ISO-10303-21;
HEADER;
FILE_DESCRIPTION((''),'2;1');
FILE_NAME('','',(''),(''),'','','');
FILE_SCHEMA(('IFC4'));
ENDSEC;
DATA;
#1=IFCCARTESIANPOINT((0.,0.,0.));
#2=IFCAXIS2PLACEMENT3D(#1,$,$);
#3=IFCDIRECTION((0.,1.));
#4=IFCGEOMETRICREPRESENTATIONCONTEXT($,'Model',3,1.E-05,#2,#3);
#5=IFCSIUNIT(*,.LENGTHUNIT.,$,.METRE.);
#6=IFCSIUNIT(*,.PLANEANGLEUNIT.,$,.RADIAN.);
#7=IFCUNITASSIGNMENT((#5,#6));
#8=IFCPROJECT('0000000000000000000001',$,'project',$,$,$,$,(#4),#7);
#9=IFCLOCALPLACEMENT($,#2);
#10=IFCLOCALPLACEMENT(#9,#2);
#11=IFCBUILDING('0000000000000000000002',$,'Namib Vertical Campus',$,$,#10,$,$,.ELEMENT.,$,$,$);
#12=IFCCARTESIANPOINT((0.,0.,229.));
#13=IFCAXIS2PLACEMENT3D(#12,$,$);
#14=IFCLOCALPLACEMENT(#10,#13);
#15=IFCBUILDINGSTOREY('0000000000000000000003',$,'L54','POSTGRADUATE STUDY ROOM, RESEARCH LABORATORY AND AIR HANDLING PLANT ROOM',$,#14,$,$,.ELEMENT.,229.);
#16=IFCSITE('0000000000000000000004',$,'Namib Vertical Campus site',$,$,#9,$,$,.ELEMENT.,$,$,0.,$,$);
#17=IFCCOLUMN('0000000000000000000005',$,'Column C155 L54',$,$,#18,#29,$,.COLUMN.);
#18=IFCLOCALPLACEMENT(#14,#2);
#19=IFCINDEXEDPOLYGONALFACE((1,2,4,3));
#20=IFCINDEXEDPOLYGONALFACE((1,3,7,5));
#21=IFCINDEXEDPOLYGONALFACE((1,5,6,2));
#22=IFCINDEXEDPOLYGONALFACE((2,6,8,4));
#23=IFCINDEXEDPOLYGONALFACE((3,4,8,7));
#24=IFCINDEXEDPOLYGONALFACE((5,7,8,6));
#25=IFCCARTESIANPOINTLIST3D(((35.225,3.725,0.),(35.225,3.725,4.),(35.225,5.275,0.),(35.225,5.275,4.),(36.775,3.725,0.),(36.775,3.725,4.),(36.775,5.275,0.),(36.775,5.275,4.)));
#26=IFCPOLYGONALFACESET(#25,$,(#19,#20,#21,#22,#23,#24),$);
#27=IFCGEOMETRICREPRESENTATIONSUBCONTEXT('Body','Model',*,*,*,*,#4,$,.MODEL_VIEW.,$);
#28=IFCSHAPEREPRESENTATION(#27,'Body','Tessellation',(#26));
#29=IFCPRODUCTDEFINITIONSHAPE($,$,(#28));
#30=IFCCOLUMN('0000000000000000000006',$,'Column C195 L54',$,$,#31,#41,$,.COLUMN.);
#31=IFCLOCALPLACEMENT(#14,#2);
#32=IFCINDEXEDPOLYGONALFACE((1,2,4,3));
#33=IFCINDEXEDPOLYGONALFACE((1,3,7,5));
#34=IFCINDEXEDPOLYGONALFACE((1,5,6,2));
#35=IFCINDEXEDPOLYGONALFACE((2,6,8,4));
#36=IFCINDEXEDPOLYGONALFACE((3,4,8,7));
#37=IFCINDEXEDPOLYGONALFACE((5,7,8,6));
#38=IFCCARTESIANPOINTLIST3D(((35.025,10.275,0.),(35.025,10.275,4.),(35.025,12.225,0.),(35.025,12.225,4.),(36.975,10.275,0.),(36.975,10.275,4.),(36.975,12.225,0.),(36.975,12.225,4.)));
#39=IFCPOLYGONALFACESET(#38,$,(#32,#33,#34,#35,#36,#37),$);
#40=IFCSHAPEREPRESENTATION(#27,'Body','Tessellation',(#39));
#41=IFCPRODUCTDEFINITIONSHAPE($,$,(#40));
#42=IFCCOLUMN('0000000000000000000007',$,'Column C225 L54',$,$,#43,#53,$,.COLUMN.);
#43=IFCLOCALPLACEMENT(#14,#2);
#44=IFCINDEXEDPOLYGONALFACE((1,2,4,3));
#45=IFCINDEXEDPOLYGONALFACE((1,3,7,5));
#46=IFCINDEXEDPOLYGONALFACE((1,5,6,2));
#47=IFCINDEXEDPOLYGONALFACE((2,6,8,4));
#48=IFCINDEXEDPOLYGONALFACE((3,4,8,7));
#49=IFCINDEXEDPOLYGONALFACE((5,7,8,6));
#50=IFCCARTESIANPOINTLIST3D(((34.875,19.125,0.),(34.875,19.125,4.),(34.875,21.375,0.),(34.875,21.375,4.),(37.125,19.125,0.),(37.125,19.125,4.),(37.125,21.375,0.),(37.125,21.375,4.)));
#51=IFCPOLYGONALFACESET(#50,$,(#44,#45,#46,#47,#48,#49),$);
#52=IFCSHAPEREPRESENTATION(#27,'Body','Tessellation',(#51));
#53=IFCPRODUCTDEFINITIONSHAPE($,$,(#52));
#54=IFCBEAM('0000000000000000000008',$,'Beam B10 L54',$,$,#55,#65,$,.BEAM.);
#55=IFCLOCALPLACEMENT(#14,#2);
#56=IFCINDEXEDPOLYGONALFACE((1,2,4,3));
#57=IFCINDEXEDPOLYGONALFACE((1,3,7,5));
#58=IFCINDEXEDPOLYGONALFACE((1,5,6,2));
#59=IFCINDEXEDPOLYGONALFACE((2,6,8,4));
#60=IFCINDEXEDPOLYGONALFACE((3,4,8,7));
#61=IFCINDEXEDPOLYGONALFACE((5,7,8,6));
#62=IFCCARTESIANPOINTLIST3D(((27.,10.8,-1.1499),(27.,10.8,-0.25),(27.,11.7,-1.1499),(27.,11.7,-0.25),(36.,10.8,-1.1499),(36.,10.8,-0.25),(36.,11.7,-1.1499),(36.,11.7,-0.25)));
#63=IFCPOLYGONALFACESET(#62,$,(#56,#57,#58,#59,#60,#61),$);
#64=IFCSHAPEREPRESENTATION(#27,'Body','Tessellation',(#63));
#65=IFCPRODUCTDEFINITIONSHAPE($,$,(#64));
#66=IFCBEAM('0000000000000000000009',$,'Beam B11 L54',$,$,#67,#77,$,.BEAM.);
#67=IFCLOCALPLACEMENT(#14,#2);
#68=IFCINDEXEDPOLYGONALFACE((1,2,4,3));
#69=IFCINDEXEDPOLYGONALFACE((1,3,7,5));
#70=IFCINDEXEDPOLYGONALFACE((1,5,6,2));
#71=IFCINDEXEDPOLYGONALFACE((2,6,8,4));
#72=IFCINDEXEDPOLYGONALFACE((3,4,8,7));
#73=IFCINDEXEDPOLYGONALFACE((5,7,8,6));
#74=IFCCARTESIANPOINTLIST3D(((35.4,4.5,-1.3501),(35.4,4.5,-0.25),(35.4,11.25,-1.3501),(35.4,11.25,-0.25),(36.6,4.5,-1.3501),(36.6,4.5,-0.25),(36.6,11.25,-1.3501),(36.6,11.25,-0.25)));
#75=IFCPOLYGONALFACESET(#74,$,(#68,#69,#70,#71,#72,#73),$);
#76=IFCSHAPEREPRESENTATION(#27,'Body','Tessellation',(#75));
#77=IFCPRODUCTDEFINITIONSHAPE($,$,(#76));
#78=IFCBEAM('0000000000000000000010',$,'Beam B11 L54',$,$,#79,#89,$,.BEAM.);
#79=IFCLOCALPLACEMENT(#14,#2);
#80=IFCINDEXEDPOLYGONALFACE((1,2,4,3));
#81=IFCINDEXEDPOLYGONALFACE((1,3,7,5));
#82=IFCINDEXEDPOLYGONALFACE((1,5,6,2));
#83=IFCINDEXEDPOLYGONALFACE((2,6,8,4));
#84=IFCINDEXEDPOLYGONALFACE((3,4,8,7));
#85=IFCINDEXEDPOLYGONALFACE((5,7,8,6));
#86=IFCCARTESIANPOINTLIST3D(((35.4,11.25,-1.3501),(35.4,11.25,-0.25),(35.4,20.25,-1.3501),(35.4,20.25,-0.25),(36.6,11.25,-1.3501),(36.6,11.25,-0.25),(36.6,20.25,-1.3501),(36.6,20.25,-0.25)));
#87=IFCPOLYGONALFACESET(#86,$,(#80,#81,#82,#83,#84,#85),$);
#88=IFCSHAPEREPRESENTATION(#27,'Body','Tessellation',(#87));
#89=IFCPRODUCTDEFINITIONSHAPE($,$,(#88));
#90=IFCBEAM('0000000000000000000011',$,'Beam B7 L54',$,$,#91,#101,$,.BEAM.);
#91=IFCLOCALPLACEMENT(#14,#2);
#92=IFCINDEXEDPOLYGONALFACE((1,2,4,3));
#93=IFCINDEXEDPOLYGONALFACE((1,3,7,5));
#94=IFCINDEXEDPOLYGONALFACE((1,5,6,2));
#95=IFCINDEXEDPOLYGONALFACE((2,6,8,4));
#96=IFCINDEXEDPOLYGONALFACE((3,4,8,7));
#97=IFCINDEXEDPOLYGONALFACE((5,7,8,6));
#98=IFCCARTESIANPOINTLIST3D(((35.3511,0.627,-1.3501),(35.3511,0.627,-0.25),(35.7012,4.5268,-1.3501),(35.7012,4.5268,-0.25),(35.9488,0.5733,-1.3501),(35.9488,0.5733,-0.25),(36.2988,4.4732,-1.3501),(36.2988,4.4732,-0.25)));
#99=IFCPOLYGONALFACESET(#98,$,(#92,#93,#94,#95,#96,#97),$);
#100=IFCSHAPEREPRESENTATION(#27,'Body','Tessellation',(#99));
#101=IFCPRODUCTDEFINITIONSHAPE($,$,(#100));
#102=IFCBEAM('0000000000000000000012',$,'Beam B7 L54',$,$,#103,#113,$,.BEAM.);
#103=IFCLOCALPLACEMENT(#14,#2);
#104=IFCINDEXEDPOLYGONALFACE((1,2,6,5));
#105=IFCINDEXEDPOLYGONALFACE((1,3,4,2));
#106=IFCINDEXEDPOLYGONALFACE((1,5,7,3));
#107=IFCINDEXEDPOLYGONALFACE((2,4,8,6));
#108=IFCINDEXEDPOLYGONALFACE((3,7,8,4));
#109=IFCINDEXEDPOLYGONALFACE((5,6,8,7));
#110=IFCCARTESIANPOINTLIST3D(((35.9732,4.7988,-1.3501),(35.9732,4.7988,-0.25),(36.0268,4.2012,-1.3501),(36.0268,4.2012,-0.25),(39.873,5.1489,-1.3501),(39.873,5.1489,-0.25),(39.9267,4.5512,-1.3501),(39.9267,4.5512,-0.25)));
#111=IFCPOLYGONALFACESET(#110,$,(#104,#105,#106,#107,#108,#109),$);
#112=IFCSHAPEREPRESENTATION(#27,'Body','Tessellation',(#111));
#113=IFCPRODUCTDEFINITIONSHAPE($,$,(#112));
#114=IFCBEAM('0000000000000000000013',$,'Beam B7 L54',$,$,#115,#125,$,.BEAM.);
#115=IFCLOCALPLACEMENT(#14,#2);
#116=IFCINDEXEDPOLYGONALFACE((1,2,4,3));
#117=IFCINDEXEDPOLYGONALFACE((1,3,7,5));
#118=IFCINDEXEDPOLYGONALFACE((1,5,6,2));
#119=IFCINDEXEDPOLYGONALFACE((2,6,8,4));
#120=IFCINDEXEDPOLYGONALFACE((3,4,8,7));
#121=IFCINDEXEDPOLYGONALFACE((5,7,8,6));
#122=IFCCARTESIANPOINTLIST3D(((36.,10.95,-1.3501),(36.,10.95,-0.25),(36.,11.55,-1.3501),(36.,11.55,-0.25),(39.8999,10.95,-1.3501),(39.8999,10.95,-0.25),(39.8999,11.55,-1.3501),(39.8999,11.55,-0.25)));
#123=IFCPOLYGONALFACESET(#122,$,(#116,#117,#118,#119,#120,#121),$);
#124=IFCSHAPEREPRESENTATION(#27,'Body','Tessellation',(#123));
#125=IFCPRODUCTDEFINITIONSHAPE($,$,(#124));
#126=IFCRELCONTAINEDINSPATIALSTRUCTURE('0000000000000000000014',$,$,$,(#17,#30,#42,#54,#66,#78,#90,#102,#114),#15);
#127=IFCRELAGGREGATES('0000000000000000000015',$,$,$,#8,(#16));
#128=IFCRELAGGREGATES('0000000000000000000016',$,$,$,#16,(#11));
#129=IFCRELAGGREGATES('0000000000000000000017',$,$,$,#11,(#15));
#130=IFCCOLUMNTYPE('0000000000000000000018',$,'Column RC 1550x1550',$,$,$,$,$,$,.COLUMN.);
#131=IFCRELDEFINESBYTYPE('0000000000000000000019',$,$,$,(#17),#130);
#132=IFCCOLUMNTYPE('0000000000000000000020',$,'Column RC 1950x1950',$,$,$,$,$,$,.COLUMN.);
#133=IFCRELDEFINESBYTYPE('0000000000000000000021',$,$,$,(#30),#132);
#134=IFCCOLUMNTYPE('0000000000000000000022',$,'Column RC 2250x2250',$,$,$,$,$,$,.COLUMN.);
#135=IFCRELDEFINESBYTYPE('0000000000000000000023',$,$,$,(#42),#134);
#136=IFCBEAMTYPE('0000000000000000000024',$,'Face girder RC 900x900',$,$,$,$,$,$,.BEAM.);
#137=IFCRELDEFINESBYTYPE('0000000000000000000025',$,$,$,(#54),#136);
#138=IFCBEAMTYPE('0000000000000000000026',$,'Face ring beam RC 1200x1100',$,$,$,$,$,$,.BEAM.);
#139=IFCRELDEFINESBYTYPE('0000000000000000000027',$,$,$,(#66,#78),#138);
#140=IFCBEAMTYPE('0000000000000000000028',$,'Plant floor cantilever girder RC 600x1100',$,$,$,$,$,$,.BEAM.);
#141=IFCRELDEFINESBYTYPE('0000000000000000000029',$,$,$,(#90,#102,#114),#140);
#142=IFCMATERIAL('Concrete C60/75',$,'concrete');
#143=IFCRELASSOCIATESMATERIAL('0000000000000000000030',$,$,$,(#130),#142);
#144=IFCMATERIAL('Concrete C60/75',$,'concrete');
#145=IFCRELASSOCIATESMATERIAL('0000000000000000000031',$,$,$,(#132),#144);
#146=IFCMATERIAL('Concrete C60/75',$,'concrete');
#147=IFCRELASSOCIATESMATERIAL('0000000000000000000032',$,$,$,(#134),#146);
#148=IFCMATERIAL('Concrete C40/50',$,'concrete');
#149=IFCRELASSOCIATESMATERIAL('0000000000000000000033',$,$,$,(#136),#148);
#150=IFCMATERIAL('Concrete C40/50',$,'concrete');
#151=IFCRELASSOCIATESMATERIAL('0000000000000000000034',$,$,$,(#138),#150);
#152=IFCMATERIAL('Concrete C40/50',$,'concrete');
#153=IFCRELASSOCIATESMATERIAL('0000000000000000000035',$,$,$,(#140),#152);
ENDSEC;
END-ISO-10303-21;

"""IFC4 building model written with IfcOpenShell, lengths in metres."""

from ifc_helpers import new_model, si_unit, direction, frame, origin, origin_2d, place, context, subcontext, project, spatial, rectangle, extrude, material, material_profile, profile_set, type_object, element, save


model = new_model("IFC4")

# Units and contexts
model_context = context("Model", 3, precision=1e-05, world=origin(), true_north=direction((0.0, 1.0)))
body_context = subcontext(model_context, "Body", "Model", "MODEL_VIEW")
ifc_project = project(units=[si_unit("LENGTHUNIT", "METRE"), si_unit("PLANEANGLEUNIT", "RADIAN")], contexts=[model_context])

# Site, building, storey
site_placement = place(None, origin())
site = spatial("IfcSite", under=ifc_project, at=site_placement, Name="Namib Vertical Campus site", CompositionType="ELEMENT", RefElevation=0.0)
building_placement = place(site_placement, origin())
building = spatial("IfcBuilding", under=site, at=building_placement, Name="Namib Vertical Campus", CompositionType="ELEMENT")
storey_placement = place(building_placement, frame((0.0, 0.0, 229.0)))
storey = spatial("IfcBuildingStorey", under=building, at=storey_placement, Name="L54", Description="POSTGRADUATE STUDY ROOM, RESEARCH LABORATORY AND AIR HANDLING PLANT ROOM", CompositionType="ELEMENT", Elevation=229.0)

# Columns
ifc_material_1 = material(Name="Concrete C60/75", Category="concrete")
ifc_material_profile_1 = material_profile(ifc_material_1, rectangle(XDim=1.55, YDim=1.55, at=origin_2d()))
ifc_profile_set_1 = profile_set([ifc_material_profile_1], Name="Concrete C60/75")
column_type_1 = type_object("IfcColumnType", Name="Column RC 1550x1550", PredefinedType="COLUMN", material=ifc_profile_set_1)
column_1_placement = place(storey_placement, frame((36.0, 4.5, 0.0), z_axis=(0.0, 0.0, 1.0), x_axis=(1.0, 0.0, 0.0)))
element("IfcColumn", 1, at=column_1_placement, inside=storey, type_object=column_type_1, Name="Column C155 L54", PredefinedType="COLUMN", context=body_context, shape_type="SweptSolid", body=[
    extrude(rectangle(XDim=1.55, YDim=1.55, at=origin_2d()), origin(), (0.0, 0.0, 1.0), 4.0),
])
ifc_material_2 = material(Name="Concrete C60/75", Category="concrete")
ifc_material_profile_2 = material_profile(ifc_material_2, rectangle(XDim=1.95, YDim=1.95, at=origin_2d()))
ifc_profile_set_2 = profile_set([ifc_material_profile_2], Name="Concrete C60/75")
column_type_2 = type_object("IfcColumnType", Name="Column RC 1950x1950", PredefinedType="COLUMN", material=ifc_profile_set_2)
column_2_placement = place(storey_placement, frame((36.0, 11.25, 0.0), z_axis=(0.0, 0.0, 1.0), x_axis=(1.0, 0.0, 0.0)))
element("IfcColumn", 2, at=column_2_placement, inside=storey, type_object=column_type_2, Name="Column C195 L54", PredefinedType="COLUMN", context=body_context, shape_type="SweptSolid", body=[
    extrude(rectangle(XDim=1.95, YDim=1.95, at=origin_2d()), origin(), (0.0, 0.0, 1.0), 4.0),
])
ifc_material_3 = material(Name="Concrete C60/75", Category="concrete")
ifc_material_profile_3 = material_profile(ifc_material_3, rectangle(XDim=2.25, YDim=2.25, at=origin_2d()))
ifc_profile_set_3 = profile_set([ifc_material_profile_3], Name="Concrete C60/75")
column_type_3 = type_object("IfcColumnType", Name="Column RC 2250x2250", PredefinedType="COLUMN", material=ifc_profile_set_3)
column_3_placement = place(storey_placement, frame((36.0, 20.25, 0.0), z_axis=(0.0, 0.0, 1.0), x_axis=(1.0, 0.0, 0.0)))
element("IfcColumn", 3, at=column_3_placement, inside=storey, type_object=column_type_3, Name="Column C225 L54", PredefinedType="COLUMN", context=body_context, shape_type="SweptSolid", body=[
    extrude(rectangle(XDim=2.25, YDim=2.25, at=origin_2d()), origin(), (0.0, 0.0, 1.0), 4.0),
])

# Beams
ifc_material_4 = material(Name="Concrete C40/50", Category="concrete")
ifc_material_profile_4 = material_profile(ifc_material_4, rectangle(XDim=0.8999, YDim=0.8999, at=origin_2d()))
ifc_profile_set_4 = profile_set([ifc_material_profile_4], Name="Concrete C40/50")
beam_type_1 = type_object("IfcBeamType", Name="Face girder RC 900x900", PredefinedType="BEAM", material=ifc_profile_set_4)
beam_1_placement = place(storey_placement, frame((36.0, 11.25, -0.7), z_axis=(-1.0, 0.0, 0.0), x_axis=(0.0, -1.0, 0.0)))
element("IfcBeam", 4, at=beam_1_placement, inside=storey, type_object=beam_type_1, Name="Beam B10 L54", PredefinedType="BEAM", context=body_context, shape_type="SweptSolid", body=[
    extrude(rectangle(XDim=0.8999, YDim=0.8999, at=origin_2d()), origin(), (0.0, 0.0, 1.0), 9.0),
])
ifc_material_5 = material(Name="Concrete C40/50", Category="concrete")
ifc_material_profile_5 = material_profile(ifc_material_5, rectangle(XDim=1.2, YDim=1.1001, at=origin_2d()))
ifc_profile_set_5 = profile_set([ifc_material_profile_5], Name="Concrete C40/50")
beam_type_2 = type_object("IfcBeamType", Name="Face ring beam RC 1200x1100", PredefinedType="BEAM", material=ifc_profile_set_5)
beam_2_placement = place(storey_placement, frame((36.0, 4.5, -0.8), z_axis=(0.0, 1.0, 0.0), x_axis=(-1.0, 0.0, 0.0)))
element("IfcBeam", 5, at=beam_2_placement, inside=storey, type_object=beam_type_2, Name="Beam B11 L54", PredefinedType="BEAM", context=body_context, shape_type="SweptSolid", body=[
    extrude(rectangle(XDim=1.2, YDim=1.1001, at=origin_2d()), origin(), (0.0, 0.0, 1.0), 6.75),
])
beam_3_placement = place(storey_placement, frame((36.0, 11.25, -0.8), z_axis=(0.0, 1.0, 0.0), x_axis=(-1.0, 0.0, 0.0)))
element("IfcBeam", 6, at=beam_3_placement, inside=storey, type_object=beam_type_2, Name="Beam B11 L54", PredefinedType="BEAM", context=body_context, shape_type="SweptSolid", body=[
    extrude(rectangle(XDim=1.2, YDim=1.1001, at=origin_2d()), origin(), (0.0, 0.0, 1.0), 9.0),
])
ifc_material_6 = material(Name="Concrete C40/50", Category="concrete")
ifc_material_profile_6 = material_profile(ifc_material_6, rectangle(XDim=0.6001, YDim=1.1001, at=origin_2d()))
ifc_profile_set_6 = profile_set([ifc_material_profile_6], Name="Concrete C40/50")
beam_type_3 = type_object("IfcBeamType", Name="Plant floor cantilever girder RC 600x1100", PredefinedType="BEAM", material=ifc_profile_set_6)
for number, where, z_axis, x_axis, name in (
    (7, (36.0, 4.5, -0.8), (-0.089411, -0.995995, 0.0), (0.995995, -0.089411, 0.0), "Beam B7 L54"),
    (8, (36.0, 4.5, -0.8), (0.995995, 0.089411, 0.0), (-0.089411, 0.995995, 0.0), "Beam B7 L54"),
):
    element("IfcBeam", number, at=place(storey_placement, frame(where, z_axis=z_axis, x_axis=x_axis)), inside=storey, type_object=beam_type_3, Name=name, PredefinedType="BEAM", context=body_context, shape_type="SweptSolid", body=[
        extrude(rectangle(XDim=0.6001, YDim=1.1001, at=origin_2d()), origin(), (0.0, 0.0, 1.0), 3.9155),
    ])
beam_4_placement = place(storey_placement, frame((36.0, 11.25, -0.8), z_axis=(1.0, 0.0, 0.0), x_axis=(0.0, 1.0, 0.0)))
element("IfcBeam", 9, at=beam_4_placement, inside=storey, type_object=beam_type_3, Name="Beam B7 L54", PredefinedType="BEAM", context=body_context, shape_type="SweptSolid", body=[
    extrude(rectangle(XDim=0.6001, YDim=1.1001, at=origin_2d()), origin(), (0.0, 0.0, 1.0), 3.8999),
])

save(model, "model.ifc")
